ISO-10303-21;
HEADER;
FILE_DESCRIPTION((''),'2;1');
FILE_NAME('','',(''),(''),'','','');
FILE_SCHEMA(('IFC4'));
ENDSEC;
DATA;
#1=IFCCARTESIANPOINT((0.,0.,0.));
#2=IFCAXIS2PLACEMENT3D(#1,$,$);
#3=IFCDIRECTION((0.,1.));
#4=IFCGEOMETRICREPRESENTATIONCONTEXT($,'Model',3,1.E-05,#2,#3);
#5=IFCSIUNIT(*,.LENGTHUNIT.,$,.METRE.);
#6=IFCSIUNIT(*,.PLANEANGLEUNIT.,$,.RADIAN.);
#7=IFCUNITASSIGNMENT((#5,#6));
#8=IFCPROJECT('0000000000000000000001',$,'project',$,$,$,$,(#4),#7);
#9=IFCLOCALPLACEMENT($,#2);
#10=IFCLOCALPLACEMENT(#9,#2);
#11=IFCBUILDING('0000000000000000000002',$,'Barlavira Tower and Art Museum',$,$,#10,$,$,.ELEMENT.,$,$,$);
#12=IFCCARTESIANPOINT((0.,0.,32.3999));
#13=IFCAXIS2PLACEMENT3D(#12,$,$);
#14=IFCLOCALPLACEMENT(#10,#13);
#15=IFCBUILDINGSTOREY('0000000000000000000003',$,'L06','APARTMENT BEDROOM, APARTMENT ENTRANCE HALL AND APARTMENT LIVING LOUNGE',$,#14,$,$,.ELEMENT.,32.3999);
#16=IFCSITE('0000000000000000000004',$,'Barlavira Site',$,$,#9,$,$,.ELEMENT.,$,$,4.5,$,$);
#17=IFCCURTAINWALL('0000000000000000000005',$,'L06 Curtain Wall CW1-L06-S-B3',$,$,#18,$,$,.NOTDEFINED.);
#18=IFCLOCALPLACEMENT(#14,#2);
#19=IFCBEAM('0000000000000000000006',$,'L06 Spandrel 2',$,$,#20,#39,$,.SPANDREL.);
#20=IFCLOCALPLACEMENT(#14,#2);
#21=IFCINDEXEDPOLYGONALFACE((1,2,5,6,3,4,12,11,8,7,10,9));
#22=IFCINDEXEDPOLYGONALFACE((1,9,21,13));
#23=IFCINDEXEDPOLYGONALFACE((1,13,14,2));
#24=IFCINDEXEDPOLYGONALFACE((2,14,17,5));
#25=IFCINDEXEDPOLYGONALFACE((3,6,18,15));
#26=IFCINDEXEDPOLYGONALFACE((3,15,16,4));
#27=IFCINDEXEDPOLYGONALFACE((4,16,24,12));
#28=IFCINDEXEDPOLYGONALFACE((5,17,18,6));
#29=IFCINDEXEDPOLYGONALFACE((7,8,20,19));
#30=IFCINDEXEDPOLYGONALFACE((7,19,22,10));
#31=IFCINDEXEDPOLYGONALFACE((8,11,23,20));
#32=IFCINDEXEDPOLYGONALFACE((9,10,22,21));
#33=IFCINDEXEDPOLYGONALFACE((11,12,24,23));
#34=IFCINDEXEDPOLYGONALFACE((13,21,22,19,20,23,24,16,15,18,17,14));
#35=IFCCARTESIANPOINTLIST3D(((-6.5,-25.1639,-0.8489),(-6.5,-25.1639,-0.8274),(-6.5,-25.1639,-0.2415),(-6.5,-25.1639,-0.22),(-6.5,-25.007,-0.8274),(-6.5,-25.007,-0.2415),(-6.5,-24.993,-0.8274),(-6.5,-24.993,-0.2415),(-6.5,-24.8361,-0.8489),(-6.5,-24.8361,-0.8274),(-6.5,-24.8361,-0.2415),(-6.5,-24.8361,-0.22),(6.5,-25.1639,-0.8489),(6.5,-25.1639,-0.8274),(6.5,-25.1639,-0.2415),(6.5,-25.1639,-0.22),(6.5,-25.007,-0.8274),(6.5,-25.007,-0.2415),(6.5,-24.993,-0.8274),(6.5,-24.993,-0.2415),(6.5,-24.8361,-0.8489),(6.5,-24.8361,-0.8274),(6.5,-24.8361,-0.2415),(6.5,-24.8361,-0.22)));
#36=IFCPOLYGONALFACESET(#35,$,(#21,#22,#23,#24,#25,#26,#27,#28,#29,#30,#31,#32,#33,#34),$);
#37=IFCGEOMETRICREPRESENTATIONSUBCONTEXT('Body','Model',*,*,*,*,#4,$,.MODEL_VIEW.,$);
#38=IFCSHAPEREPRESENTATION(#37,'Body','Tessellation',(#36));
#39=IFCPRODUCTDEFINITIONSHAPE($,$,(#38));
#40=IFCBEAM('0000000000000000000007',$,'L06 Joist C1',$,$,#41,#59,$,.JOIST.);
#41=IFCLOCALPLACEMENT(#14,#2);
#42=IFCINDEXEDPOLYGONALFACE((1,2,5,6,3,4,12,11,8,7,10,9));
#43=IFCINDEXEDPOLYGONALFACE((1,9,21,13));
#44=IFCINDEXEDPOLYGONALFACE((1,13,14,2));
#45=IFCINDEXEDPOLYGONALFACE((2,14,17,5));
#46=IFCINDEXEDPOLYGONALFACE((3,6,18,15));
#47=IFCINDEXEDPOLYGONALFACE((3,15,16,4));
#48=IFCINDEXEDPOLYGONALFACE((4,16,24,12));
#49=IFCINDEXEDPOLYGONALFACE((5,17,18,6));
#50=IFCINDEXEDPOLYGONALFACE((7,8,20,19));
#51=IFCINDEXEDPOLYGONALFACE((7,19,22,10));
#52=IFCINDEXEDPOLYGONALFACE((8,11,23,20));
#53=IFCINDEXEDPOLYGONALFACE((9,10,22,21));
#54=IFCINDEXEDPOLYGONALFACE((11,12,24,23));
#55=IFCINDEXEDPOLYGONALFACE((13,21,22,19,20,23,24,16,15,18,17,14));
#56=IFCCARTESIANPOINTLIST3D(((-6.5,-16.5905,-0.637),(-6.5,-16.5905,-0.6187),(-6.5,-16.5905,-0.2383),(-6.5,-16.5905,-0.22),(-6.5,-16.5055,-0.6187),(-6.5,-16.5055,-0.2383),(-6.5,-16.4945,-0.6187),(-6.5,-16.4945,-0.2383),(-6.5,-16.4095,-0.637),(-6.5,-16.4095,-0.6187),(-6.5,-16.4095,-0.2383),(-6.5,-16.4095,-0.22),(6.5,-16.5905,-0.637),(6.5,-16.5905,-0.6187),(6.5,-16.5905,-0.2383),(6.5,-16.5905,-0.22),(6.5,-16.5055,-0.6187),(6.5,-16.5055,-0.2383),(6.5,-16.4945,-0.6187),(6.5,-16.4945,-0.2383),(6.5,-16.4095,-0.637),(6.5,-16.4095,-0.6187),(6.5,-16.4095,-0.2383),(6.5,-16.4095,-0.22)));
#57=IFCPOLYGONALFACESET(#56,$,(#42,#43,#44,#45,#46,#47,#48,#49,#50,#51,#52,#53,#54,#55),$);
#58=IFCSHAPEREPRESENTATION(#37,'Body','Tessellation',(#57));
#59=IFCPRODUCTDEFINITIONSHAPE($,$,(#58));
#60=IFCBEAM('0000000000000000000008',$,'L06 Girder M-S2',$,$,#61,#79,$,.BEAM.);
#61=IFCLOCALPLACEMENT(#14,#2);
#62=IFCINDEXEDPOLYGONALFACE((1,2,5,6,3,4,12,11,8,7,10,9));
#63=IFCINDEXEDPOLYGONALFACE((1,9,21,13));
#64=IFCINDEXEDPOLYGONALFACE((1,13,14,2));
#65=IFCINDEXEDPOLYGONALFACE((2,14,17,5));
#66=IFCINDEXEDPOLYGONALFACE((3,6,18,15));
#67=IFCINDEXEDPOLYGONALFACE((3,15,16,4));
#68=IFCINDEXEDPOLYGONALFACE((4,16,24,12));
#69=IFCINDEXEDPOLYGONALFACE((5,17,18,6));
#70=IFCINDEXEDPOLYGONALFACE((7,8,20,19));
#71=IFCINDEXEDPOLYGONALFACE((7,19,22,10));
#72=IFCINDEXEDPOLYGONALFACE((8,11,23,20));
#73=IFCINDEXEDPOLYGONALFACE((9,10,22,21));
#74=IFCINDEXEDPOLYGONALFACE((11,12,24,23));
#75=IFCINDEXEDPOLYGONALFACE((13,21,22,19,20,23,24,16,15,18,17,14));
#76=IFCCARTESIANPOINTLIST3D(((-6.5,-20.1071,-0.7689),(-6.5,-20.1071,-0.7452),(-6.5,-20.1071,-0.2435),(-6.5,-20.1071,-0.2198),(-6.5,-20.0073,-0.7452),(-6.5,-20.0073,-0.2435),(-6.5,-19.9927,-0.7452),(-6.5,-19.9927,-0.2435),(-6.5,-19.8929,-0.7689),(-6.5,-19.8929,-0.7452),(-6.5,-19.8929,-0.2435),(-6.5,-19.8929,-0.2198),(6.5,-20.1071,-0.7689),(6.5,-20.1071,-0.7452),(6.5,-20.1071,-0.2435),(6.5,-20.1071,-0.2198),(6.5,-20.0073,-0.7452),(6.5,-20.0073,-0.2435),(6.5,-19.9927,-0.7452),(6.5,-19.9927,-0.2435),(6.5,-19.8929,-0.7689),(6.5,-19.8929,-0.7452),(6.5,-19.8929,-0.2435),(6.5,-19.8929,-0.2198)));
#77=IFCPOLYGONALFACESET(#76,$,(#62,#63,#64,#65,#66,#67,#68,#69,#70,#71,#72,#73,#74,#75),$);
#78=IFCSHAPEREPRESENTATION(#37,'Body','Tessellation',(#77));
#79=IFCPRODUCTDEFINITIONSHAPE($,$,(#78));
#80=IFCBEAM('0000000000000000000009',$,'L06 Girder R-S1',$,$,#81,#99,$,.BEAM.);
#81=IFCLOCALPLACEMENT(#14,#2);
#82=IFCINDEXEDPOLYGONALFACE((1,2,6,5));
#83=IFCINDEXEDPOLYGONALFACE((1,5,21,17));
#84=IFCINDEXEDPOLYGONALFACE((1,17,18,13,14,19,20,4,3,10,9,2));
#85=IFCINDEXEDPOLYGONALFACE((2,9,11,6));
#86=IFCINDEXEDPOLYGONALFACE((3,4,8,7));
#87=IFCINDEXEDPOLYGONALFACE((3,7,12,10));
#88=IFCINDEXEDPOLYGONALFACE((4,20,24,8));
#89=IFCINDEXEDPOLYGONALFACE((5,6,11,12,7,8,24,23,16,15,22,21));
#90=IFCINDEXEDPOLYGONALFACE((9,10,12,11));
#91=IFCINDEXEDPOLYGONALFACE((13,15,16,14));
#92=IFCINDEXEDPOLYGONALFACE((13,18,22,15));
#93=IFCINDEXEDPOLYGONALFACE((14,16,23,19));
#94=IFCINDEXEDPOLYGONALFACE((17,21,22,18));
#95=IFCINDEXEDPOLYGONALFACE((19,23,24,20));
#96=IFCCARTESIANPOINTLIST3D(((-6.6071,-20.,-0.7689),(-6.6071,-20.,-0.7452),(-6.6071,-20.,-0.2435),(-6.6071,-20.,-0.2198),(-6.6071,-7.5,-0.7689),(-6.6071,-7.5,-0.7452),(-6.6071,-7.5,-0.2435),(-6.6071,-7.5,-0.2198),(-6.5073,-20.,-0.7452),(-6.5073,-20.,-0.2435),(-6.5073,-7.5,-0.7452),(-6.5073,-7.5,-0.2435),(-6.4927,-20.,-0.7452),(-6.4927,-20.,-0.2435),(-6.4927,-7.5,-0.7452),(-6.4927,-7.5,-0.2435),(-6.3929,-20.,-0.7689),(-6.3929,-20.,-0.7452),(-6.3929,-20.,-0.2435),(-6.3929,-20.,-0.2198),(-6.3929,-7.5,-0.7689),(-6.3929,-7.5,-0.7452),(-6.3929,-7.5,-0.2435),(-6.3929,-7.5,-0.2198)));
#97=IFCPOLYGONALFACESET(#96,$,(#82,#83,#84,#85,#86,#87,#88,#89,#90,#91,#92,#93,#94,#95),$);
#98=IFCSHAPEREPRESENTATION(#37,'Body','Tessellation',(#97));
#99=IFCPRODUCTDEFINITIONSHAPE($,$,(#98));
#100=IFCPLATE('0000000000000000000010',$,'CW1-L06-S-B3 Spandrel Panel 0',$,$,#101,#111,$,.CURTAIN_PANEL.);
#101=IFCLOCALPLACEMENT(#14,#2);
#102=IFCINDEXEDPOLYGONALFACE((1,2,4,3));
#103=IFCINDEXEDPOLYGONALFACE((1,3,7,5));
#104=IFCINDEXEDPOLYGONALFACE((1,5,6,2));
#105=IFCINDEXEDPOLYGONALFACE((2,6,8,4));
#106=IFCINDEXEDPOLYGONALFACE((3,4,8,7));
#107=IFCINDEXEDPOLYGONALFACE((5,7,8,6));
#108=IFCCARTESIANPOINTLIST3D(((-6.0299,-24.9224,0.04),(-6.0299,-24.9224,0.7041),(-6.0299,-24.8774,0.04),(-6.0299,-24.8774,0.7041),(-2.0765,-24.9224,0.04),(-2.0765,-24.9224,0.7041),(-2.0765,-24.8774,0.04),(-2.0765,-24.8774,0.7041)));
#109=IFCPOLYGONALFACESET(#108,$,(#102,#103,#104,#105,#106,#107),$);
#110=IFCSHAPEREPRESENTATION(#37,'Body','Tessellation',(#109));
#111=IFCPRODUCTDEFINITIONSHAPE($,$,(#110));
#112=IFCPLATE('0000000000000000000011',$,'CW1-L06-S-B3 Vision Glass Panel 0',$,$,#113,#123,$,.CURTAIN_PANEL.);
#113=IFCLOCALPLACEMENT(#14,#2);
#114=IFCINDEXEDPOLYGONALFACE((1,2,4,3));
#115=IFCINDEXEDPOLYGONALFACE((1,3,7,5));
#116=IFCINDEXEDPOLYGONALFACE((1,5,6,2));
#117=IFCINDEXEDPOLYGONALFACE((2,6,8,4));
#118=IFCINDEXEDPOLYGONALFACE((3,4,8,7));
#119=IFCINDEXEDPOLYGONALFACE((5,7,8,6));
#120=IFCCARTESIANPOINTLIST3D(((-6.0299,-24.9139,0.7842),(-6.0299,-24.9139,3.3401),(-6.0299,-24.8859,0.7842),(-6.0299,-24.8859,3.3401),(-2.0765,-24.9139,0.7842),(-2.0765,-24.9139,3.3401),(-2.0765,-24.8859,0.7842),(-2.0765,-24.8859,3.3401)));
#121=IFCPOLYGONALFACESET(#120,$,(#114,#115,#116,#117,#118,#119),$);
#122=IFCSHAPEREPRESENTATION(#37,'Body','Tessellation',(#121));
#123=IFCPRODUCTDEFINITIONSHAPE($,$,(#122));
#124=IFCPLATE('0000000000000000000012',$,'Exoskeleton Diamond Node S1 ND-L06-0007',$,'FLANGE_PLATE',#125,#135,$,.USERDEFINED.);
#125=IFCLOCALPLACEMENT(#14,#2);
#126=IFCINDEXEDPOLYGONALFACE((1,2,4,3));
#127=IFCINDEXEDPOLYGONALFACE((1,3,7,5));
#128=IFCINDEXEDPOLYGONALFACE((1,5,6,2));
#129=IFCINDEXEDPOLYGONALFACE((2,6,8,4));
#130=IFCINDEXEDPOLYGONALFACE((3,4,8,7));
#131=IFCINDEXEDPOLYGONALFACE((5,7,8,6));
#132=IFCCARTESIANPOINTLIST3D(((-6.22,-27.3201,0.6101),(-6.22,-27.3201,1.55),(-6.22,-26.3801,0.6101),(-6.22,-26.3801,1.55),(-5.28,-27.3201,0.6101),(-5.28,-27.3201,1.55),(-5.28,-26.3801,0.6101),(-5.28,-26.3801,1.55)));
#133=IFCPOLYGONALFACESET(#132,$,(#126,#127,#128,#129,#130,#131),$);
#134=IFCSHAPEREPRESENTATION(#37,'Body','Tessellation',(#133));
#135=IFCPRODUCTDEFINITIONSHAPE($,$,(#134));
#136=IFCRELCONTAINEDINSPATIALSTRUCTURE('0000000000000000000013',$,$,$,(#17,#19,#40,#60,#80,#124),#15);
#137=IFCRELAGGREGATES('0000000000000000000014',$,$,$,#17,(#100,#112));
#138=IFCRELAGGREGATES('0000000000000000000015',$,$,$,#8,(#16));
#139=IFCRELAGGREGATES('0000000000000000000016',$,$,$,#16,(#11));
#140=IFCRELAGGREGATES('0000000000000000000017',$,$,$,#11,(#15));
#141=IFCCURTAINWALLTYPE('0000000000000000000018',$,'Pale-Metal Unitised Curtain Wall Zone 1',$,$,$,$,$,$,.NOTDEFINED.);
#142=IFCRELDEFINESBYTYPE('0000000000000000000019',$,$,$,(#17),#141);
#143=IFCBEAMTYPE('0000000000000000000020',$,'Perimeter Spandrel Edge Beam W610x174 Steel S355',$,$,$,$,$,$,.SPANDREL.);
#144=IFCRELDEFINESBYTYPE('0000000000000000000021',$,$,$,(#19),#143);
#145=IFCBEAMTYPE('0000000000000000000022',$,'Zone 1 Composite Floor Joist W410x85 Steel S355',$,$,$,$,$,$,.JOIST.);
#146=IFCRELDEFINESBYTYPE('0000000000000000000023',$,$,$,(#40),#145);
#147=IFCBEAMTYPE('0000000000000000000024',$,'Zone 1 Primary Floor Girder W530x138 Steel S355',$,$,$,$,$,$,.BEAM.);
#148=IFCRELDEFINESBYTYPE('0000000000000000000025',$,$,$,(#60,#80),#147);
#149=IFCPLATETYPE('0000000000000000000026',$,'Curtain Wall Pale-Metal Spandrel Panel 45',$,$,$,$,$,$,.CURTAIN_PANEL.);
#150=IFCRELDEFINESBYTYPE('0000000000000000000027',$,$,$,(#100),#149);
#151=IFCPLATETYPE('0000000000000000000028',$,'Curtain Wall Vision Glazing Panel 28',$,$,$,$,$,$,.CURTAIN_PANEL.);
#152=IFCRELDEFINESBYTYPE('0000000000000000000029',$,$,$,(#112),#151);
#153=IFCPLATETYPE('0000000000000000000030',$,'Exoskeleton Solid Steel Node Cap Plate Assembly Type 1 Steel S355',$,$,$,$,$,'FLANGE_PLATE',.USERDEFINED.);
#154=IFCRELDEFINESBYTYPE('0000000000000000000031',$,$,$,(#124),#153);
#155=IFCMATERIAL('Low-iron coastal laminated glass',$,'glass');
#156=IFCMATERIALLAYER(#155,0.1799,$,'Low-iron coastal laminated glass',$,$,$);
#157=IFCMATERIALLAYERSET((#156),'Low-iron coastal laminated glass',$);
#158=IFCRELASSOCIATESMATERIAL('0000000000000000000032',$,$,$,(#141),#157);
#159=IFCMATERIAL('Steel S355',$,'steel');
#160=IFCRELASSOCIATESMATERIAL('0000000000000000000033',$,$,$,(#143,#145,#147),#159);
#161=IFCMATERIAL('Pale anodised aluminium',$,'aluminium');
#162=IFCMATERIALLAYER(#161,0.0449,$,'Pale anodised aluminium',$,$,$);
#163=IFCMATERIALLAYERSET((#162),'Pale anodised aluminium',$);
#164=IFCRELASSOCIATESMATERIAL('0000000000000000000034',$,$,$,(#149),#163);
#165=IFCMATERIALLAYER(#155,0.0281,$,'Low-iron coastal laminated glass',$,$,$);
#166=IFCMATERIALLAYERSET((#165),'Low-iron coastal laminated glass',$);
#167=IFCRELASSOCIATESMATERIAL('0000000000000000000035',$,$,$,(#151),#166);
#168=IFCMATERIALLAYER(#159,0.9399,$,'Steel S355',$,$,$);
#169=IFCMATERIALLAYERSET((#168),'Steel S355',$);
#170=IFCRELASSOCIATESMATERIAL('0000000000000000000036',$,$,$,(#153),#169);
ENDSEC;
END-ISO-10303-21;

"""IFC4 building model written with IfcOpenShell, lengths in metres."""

from ifc_helpers import new_model, si_unit, direction, frame, origin, origin_2d, place, context, subcontext, project, spatial, rectangle, i_section, extrude, material, layer, layer_set, material_profile, profile_set, type_object, element, aggregate, save


model = new_model("IFC4")

# Units and contexts
model_context = context("Model", 3, precision=1e-05, world=origin(), true_north=direction((0.0, 1.0)))
body_context = subcontext(model_context, "Body", "Model", "MODEL_VIEW")
ifc_project = project(units=[si_unit("LENGTHUNIT", "METRE"), si_unit("PLANEANGLEUNIT", "RADIAN")], contexts=[model_context])

# Site, building, storey
site_placement = place(None, origin())
site = spatial("IfcSite", under=ifc_project, at=site_placement, Name="Barlavira Site", CompositionType="ELEMENT", RefElevation=4.5)
building_placement = place(site_placement, origin())
building = spatial("IfcBuilding", under=site, at=building_placement, Name="Barlavira Tower and Art Museum", CompositionType="ELEMENT")
storey_placement = place(building_placement, frame((0.0, 0.0, 32.3999)))
storey = spatial("IfcBuildingStorey", under=building, at=storey_placement, Name="L06", Description="APARTMENT BEDROOM, APARTMENT ENTRANCE HALL AND APARTMENT LIVING LOUNGE", CompositionType="ELEMENT", Elevation=32.3999)

# Curtain wall
ifc_material_1 = material(Name="Low-iron coastal laminated glass", Category="glass")
ifc_layer_1 = layer(ifc_material_1, 0.1799, Name="Low-iron coastal laminated glass")
ifc_layer_set_1 = layer_set([ifc_layer_1], Name="Low-iron coastal laminated glass")
curtain_wall_type = type_object("IfcCurtainWallType", Name="Pale-Metal Unitised Curtain Wall Zone 1", PredefinedType="NOTDEFINED", material=ifc_layer_set_1)
curtain_wall_placement = place(storey_placement, origin())
curtain_wall = element("IfcCurtainWall", 1, at=curtain_wall_placement, inside=storey, type_object=curtain_wall_type, Name="L06 Curtain Wall CW1-L06-S-B3", PredefinedType="NOTDEFINED")
ifc_material_2 = material(Name="Pale anodised aluminium", Category="aluminium")

# Beams
ifc_material_3 = material(Name="Steel S355", Category="steel")
ifc_material_profile_1 = material_profile(ifc_material_3, i_section(OverallWidth=0.3279, OverallDepth=0.6289, WebThickness=0.0139, FlangeThickness=0.0215, at=origin_2d()), Name="W610x174.0")
ifc_profile_set_1 = profile_set([ifc_material_profile_1], Name="Steel S355")
beam_type_1 = type_object("IfcBeamType", Name="Perimeter Spandrel Edge Beam W610x174 Steel S355", PredefinedType="SPANDREL", material=ifc_profile_set_1)
beam_1_placement = place(storey_placement, frame((-6.5, -25.0, -0.5344), z_axis=(1.0, 0.0, 0.0), x_axis=(0.0, 1.0, 0.0)))
element("IfcBeam", 2, at=beam_1_placement, inside=storey, type_object=beam_type_1, Name="L06 Spandrel 2", PredefinedType="SPANDREL", context=body_context, shape_type="SweptSolid", body=[
    extrude(i_section(OverallWidth=0.3279, OverallDepth=0.6289, WebThickness=0.0139, FlangeThickness=0.0215, at=origin_2d()), origin(), (0.0, 0.0, 1.0), 13.0),
])
ifc_material_profile_2 = material_profile(ifc_material_3, i_section(OverallWidth=0.1809, OverallDepth=0.417, WebThickness=0.011, FlangeThickness=0.0183, at=origin_2d()), Name="W410x85.0")
ifc_profile_set_2 = profile_set([ifc_material_profile_2], Name="Steel S355")
beam_type_2 = type_object("IfcBeamType", Name="Zone 1 Composite Floor Joist W410x85 Steel S355", PredefinedType="JOIST", material=ifc_profile_set_2)
beam_2_placement = place(storey_placement, frame((-6.5, -16.5, -0.4285), z_axis=(1.0, 0.0, 0.0), x_axis=(0.0, 1.0, 0.0)))
element("IfcBeam", 3, at=beam_2_placement, inside=storey, type_object=beam_type_2, Name="L06 Joist C1", PredefinedType="JOIST", context=body_context, shape_type="SweptSolid", body=[
    extrude(i_section(OverallWidth=0.1809, OverallDepth=0.417, WebThickness=0.011, FlangeThickness=0.0183, at=origin_2d()), origin(), (0.0, 0.0, 1.0), 13.0),
])
ifc_material_profile_3 = material_profile(ifc_material_3, i_section(OverallWidth=0.2141, OverallDepth=0.5491, WebThickness=0.0146, FlangeThickness=0.0237, at=origin_2d()), Name="W530x138.0")
ifc_profile_set_3 = profile_set([ifc_material_profile_3], Name="Steel S355")
beam_type_3 = type_object("IfcBeamType", Name="Zone 1 Primary Floor Girder W530x138 Steel S355", PredefinedType="BEAM", material=ifc_profile_set_3)
beam_3_placement = place(storey_placement, frame((-6.5, -20.0, -0.4944), z_axis=(1.0, 0.0, 0.0), x_axis=(0.0, 1.0, 0.0)))
element("IfcBeam", 4, at=beam_3_placement, inside=storey, type_object=beam_type_3, Name="L06 Girder M-S2", PredefinedType="BEAM", context=body_context, shape_type="SweptSolid", body=[
    extrude(i_section(OverallWidth=0.2141, OverallDepth=0.5491, WebThickness=0.0146, FlangeThickness=0.0237, at=origin_2d()), origin(), (0.0, 0.0, 1.0), 13.0),
])
beam_4_placement = place(storey_placement, frame((-6.5, -20.0, -0.4944), z_axis=(0.0, 1.0, 0.0), x_axis=(-1.0, 0.0, 0.0)))
element("IfcBeam", 5, at=beam_4_placement, inside=storey, type_object=beam_type_3, Name="L06 Girder R-S1", PredefinedType="BEAM", context=body_context, shape_type="SweptSolid", body=[
    extrude(i_section(OverallWidth=0.2141, OverallDepth=0.5491, WebThickness=0.0146, FlangeThickness=0.0237, at=origin_2d()), origin(), (0.0, 0.0, 1.0), 12.5),
])

# Plates
ifc_layer_2 = layer(ifc_material_2, 0.0449, Name="Pale anodised aluminium")
ifc_layer_set_2 = layer_set([ifc_layer_2], Name="Pale anodised aluminium")
plate_type_1 = type_object("IfcPlateType", Name="Curtain Wall Pale-Metal Spandrel Panel 45", PredefinedType="CURTAIN_PANEL", material=ifc_layer_set_2)
plate_1_placement = place(storey_placement, frame((-4.0532, -24.8999, 0.04), z_axis=(0.0, 0.0, 1.0), x_axis=(1.0, 0.0, 0.0)))
plate_1 = element("IfcPlate", 6, at=plate_1_placement, type_object=plate_type_1, Name="CW1-L06-S-B3 Spandrel Panel 0", PredefinedType="CURTAIN_PANEL", context=body_context, shape_type="SweptSolid", body=[
    extrude(rectangle(XDim=3.9534, YDim=0.0449, at=origin_2d()), origin(), (0.0, 0.0, 1.0), 0.6641),
])
ifc_layer_3 = layer(ifc_material_1, 0.0281, Name="Low-iron coastal laminated glass")
ifc_layer_set_3 = layer_set([ifc_layer_3], Name="Low-iron coastal laminated glass")
plate_type_2 = type_object("IfcPlateType", Name="Curtain Wall Vision Glazing Panel 28", PredefinedType="CURTAIN_PANEL", material=ifc_layer_set_3)
plate_2_placement = place(storey_placement, frame((-4.0532, -24.8999, 0.7842), z_axis=(0.0, 0.0, 1.0), x_axis=(1.0, 0.0, 0.0)))
plate_2 = element("IfcPlate", 7, at=plate_2_placement, type_object=plate_type_2, Name="CW1-L06-S-B3 Vision Glass Panel 0", PredefinedType="CURTAIN_PANEL", context=body_context, shape_type="SweptSolid", body=[
    extrude(rectangle(XDim=3.9534, YDim=0.0281, at=origin_2d()), origin(), (0.0, 0.0, 1.0), 2.5559),
])
aggregate(curtain_wall, [plate_1, plate_2])
ifc_layer_4 = layer(ifc_material_3, 0.9399, Name="Steel S355")
ifc_layer_set_4 = layer_set([ifc_layer_4], Name="Steel S355")
plate_type_3 = type_object("IfcPlateType", Name="Exoskeleton Solid Steel Node Cap Plate Assembly Type 1 Steel S355", ElementType="FLANGE_PLATE", PredefinedType="USERDEFINED", material=ifc_layer_set_4)
plate_3_placement = place(storey_placement, frame((-5.75, -26.8501, 0.6101), z_axis=(0.0, 0.0, 1.0), x_axis=(1.0, 0.0, 0.0)))
element("IfcPlate", 8, at=plate_3_placement, inside=storey, type_object=plate_type_3, Name="Exoskeleton Diamond Node S1 ND-L06-0007", ObjectType="FLANGE_PLATE", PredefinedType="USERDEFINED", context=body_context, shape_type="SweptSolid", body=[
    extrude(rectangle(XDim=0.9399, YDim=0.9399, at=origin_2d()), origin(), (0.0, 0.0, 1.0), 0.9399),
])

save(model, "model.ifc")
